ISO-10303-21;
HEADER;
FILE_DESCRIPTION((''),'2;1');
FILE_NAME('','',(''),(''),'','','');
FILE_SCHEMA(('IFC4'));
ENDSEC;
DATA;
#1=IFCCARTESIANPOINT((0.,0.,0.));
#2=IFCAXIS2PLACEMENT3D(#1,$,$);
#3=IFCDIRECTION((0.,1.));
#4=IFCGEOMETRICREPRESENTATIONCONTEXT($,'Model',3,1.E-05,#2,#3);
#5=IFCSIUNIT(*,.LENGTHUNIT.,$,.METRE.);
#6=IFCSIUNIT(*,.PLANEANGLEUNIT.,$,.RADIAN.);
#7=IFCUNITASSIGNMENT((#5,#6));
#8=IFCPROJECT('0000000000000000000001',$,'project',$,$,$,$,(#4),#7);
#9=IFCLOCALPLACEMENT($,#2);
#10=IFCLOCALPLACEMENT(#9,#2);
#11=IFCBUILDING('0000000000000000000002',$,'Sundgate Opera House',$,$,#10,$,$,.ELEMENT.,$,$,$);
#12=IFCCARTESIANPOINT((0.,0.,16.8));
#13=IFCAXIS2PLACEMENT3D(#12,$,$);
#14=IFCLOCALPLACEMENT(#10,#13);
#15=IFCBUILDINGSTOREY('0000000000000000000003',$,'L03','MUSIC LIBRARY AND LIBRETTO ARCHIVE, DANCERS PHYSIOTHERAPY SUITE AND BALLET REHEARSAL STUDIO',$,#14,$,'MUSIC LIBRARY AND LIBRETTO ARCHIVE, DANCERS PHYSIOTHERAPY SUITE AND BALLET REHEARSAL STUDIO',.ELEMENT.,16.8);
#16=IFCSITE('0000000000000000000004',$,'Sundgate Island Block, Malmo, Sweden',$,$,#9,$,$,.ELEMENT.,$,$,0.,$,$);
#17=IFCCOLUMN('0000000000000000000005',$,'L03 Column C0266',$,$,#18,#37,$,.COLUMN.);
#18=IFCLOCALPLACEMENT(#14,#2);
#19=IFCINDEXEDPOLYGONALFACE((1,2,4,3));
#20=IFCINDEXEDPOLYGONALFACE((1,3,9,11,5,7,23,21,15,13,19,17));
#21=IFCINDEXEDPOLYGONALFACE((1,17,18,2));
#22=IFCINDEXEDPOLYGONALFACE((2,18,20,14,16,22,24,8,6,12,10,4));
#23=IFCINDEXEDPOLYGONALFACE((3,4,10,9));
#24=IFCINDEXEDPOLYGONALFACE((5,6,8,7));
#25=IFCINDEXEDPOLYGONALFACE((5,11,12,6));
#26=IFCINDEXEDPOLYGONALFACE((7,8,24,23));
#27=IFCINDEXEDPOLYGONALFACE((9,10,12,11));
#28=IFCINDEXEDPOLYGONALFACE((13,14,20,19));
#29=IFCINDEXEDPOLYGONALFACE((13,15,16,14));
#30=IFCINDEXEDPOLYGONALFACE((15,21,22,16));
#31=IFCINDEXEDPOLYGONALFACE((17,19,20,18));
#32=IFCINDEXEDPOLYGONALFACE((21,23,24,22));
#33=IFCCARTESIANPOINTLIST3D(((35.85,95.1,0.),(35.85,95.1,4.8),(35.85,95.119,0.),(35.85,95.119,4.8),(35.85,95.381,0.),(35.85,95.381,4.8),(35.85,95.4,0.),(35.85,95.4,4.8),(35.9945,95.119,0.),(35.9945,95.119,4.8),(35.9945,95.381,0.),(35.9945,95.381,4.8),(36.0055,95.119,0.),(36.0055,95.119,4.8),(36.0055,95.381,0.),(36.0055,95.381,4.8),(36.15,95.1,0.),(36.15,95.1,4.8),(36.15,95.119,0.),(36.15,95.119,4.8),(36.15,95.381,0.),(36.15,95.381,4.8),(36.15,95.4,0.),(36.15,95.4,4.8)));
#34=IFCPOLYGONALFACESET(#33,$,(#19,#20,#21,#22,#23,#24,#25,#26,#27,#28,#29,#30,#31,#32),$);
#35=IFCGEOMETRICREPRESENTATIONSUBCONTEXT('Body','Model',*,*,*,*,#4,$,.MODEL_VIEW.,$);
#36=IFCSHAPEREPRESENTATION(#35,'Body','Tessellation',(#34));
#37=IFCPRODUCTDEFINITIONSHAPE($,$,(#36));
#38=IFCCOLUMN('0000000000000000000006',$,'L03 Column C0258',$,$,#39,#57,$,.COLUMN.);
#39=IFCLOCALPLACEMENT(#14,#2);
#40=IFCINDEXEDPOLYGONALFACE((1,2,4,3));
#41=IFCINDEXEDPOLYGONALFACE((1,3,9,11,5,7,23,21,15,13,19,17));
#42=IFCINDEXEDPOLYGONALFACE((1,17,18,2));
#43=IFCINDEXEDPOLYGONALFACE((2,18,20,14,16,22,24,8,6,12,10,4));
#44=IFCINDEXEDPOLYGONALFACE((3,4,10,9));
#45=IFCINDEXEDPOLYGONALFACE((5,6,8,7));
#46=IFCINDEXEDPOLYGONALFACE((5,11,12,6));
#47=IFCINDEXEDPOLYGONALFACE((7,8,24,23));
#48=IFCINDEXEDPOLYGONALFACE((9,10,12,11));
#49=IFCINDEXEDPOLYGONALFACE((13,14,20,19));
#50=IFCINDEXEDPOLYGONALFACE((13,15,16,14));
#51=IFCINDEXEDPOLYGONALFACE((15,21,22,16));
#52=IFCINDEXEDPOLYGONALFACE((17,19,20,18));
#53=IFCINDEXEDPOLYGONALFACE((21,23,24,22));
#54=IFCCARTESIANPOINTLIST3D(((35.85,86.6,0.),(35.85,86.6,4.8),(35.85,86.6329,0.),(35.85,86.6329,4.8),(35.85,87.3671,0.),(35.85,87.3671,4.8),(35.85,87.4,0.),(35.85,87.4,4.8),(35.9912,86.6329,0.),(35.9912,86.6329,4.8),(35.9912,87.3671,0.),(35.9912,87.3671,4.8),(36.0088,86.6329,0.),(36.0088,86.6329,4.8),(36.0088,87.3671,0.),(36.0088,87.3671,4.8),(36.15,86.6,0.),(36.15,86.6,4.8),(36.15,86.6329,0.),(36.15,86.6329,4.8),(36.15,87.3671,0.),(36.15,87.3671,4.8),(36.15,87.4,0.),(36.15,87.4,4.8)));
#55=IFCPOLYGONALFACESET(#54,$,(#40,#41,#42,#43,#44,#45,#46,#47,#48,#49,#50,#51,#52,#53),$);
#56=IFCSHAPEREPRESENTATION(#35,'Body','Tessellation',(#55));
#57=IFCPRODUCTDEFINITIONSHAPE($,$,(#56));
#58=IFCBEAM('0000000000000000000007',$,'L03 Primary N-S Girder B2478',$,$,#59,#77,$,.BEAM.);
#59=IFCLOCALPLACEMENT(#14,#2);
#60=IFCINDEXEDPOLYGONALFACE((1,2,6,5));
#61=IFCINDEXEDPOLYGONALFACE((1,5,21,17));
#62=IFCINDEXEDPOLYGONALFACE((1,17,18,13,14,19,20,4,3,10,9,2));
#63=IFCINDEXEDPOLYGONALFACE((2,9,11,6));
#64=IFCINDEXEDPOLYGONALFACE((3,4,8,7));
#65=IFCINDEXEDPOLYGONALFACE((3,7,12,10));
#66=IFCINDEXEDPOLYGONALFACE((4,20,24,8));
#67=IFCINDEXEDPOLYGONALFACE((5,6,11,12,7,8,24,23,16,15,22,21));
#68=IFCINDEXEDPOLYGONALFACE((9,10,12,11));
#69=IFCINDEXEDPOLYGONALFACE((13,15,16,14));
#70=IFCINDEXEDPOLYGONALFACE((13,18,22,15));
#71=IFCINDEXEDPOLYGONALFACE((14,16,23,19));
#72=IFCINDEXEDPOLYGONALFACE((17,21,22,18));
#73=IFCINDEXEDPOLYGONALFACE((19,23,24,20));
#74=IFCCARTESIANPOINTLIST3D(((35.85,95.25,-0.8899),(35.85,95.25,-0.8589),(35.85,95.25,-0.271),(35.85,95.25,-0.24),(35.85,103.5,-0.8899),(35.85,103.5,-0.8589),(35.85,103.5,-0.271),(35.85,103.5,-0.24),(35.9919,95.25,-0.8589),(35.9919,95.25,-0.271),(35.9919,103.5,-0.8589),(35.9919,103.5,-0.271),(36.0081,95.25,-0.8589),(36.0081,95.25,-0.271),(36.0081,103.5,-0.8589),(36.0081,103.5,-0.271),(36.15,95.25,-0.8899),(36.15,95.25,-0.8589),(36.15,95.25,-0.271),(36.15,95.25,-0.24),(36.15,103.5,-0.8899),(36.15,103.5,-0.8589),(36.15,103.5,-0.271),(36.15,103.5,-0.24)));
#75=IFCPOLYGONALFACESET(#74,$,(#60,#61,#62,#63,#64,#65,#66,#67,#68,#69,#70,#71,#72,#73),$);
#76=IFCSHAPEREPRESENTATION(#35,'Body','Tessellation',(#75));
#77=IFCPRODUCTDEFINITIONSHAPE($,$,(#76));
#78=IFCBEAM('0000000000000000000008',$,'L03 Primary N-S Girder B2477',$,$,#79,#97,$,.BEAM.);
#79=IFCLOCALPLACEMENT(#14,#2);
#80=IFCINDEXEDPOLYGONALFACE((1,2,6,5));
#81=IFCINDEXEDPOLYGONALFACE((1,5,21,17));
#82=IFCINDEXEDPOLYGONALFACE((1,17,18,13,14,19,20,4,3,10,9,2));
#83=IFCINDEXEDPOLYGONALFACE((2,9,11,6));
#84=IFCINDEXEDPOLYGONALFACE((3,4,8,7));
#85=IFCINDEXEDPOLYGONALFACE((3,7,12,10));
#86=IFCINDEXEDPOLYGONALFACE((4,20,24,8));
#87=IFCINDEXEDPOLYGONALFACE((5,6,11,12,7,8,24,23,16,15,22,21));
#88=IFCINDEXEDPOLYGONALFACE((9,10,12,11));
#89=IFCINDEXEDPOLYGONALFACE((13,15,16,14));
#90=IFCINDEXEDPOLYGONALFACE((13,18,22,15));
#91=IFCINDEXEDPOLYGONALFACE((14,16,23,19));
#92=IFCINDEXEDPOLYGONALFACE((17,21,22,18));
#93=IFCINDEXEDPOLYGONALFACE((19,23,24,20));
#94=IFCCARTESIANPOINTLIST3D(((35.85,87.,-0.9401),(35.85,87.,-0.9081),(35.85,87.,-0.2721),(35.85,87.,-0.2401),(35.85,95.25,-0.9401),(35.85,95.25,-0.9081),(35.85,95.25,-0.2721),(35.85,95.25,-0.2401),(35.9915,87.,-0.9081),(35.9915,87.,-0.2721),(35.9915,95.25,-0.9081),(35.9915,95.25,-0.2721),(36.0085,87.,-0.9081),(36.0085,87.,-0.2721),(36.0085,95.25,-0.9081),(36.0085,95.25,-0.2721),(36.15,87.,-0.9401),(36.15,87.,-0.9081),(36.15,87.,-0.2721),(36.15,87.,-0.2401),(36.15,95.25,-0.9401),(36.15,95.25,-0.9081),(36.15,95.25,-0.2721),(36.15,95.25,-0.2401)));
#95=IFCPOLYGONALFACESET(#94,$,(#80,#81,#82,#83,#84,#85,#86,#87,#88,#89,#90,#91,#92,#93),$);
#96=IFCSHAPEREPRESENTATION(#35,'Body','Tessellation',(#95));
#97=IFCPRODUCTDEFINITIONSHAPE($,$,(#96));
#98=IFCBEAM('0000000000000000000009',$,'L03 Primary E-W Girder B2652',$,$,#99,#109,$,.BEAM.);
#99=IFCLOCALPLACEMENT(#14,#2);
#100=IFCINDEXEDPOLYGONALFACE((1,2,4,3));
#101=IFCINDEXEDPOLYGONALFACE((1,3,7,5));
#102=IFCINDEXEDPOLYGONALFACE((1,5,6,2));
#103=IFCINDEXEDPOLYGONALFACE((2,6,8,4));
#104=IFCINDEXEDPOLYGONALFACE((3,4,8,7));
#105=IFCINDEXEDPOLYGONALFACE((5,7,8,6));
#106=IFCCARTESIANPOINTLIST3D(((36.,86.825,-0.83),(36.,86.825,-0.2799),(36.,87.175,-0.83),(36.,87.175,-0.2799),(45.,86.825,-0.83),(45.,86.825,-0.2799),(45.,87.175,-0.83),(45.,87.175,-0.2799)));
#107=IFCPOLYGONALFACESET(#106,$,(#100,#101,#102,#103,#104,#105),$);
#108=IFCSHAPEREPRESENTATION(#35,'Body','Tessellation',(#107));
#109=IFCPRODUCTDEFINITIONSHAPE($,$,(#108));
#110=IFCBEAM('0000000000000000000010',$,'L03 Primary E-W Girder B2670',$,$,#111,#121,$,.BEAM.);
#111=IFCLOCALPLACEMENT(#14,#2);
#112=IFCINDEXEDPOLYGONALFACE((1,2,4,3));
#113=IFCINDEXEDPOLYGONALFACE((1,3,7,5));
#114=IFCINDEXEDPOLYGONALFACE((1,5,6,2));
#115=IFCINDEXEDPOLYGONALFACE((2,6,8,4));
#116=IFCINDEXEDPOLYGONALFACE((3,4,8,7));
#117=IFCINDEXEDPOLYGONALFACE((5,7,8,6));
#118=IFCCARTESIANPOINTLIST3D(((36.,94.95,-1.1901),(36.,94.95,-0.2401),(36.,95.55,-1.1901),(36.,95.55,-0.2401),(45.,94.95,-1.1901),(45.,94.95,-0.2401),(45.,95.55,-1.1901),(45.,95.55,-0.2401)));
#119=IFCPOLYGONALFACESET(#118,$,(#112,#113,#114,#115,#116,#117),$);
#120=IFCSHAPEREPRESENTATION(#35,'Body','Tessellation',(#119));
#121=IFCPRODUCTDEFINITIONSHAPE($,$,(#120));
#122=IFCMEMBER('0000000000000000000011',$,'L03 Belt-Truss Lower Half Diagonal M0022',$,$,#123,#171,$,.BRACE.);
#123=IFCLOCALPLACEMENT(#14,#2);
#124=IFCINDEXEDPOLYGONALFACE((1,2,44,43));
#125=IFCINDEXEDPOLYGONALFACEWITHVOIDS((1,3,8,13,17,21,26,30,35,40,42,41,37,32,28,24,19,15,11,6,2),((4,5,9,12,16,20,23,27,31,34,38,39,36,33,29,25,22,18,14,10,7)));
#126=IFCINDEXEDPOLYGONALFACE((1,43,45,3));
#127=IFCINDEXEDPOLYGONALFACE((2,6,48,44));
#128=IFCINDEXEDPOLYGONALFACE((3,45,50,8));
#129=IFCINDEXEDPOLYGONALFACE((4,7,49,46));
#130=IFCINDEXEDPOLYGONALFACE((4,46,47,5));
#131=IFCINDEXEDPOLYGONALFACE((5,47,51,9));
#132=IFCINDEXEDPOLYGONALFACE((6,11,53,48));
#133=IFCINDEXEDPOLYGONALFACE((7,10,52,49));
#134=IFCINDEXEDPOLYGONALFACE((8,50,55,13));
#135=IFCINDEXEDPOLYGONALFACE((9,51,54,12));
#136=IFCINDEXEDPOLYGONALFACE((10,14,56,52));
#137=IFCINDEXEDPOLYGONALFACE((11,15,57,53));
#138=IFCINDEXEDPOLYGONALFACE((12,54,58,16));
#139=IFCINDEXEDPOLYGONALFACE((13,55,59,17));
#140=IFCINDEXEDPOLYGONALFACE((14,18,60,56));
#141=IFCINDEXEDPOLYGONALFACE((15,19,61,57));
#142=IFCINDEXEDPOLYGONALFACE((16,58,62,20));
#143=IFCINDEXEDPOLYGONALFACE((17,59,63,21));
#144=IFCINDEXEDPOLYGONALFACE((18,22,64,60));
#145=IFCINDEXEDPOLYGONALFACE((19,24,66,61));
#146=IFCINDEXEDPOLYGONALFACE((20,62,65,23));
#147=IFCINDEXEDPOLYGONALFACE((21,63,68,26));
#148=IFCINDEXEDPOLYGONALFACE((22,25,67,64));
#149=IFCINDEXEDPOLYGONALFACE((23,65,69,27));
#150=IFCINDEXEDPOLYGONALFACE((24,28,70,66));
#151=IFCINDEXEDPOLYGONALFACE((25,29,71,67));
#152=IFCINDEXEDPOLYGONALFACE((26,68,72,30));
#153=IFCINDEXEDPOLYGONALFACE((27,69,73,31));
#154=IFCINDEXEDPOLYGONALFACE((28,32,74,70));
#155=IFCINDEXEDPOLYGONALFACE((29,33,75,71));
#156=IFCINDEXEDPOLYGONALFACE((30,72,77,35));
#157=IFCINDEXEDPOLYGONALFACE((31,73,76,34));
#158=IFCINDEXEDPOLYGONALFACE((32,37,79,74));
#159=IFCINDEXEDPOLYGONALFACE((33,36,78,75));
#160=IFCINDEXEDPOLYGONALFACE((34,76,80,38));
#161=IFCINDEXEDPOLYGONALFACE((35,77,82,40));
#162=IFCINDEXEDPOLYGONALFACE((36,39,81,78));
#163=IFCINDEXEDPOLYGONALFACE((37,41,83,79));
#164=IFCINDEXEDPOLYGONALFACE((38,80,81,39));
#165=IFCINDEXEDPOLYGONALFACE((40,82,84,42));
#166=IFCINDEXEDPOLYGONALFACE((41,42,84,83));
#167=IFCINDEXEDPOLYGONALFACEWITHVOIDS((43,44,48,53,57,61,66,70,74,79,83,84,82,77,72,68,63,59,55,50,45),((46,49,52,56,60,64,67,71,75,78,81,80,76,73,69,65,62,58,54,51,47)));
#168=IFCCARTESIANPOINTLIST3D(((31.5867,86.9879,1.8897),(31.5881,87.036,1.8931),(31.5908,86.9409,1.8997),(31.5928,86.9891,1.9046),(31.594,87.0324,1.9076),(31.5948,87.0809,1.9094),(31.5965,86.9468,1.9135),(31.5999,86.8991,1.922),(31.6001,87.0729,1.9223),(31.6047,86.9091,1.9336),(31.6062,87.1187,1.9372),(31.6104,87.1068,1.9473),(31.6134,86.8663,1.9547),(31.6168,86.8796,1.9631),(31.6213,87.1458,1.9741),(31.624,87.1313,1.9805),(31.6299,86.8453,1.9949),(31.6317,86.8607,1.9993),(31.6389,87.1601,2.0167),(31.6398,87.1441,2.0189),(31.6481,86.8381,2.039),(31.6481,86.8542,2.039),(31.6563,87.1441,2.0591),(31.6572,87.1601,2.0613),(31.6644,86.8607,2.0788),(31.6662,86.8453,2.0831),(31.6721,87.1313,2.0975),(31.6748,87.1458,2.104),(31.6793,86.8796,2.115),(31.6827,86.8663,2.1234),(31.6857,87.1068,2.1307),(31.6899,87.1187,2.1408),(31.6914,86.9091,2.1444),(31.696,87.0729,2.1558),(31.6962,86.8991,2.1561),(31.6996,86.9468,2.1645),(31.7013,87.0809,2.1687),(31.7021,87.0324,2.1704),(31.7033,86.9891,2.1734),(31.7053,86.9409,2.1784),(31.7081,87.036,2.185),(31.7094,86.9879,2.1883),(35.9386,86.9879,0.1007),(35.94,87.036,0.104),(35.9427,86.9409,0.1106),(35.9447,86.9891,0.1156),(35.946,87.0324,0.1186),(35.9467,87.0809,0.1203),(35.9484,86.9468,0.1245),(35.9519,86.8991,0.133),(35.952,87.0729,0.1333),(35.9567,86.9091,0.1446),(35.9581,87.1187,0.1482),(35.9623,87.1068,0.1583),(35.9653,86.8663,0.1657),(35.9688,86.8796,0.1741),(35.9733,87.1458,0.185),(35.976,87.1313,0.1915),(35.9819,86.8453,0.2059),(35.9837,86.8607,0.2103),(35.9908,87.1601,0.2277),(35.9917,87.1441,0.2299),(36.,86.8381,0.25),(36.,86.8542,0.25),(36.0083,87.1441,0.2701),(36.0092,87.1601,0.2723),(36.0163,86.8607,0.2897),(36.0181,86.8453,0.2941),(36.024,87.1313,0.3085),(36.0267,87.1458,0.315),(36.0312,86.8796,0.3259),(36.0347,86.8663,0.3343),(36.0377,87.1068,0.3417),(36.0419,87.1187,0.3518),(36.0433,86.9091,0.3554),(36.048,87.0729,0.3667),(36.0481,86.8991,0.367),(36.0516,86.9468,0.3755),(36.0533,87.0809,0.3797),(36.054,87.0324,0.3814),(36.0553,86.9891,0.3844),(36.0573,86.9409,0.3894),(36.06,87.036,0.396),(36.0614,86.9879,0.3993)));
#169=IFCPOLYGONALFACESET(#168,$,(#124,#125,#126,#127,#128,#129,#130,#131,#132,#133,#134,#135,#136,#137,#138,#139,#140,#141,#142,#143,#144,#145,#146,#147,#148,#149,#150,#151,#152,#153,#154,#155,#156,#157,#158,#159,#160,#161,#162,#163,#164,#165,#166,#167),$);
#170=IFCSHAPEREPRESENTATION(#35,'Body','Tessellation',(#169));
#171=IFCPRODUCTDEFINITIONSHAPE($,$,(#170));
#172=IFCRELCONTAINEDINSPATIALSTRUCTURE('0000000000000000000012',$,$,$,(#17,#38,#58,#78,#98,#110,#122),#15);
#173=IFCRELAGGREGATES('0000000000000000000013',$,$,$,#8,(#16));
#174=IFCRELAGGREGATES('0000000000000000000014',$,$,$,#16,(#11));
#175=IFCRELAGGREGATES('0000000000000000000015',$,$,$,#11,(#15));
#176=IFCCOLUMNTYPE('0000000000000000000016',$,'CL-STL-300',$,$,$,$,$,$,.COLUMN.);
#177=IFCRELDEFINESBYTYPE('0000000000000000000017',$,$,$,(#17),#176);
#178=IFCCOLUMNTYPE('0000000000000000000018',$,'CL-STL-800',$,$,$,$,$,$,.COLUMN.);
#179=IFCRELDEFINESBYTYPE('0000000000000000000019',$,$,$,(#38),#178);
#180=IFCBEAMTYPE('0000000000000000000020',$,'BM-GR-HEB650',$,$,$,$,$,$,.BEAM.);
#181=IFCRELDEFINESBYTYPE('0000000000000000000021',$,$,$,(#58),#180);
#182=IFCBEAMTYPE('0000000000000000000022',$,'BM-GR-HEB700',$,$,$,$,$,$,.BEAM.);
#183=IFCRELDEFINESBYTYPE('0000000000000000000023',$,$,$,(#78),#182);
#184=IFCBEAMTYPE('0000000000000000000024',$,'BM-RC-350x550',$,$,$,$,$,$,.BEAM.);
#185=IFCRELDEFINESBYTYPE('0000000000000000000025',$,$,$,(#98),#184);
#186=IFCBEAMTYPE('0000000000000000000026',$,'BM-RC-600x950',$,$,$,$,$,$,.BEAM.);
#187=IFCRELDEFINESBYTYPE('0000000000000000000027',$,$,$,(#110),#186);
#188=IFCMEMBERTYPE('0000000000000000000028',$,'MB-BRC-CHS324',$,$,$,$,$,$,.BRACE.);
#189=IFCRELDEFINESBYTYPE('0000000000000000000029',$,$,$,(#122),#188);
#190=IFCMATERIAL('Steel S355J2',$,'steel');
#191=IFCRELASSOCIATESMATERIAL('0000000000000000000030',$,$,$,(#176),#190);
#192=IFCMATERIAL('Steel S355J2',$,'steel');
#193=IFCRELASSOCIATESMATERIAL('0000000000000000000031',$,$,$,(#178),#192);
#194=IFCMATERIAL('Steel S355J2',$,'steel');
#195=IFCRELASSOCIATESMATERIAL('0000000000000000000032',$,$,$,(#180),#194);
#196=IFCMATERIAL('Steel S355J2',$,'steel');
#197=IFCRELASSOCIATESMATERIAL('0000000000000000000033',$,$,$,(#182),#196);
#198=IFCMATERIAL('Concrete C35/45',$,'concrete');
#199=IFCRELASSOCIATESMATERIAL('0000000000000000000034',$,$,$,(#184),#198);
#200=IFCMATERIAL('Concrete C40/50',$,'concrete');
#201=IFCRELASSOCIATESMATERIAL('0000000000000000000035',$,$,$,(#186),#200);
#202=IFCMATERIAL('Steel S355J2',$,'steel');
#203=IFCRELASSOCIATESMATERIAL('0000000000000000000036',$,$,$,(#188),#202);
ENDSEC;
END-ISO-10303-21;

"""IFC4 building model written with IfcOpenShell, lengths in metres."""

from ifc_helpers import new_model, si_unit, direction, frame, origin, origin_2d, place, context, subcontext, project, spatial, rectangle, hollow_circle, i_section, extrude, material, material_profile, profile_set, type_object, element, save


model = new_model("IFC4")

# Units and contexts
model_context = context("Model", 3, precision=1e-05, world=origin(), true_north=direction((0.0, 1.0)))
body_context = subcontext(model_context, "Body", "Model", "MODEL_VIEW")
ifc_project = project(units=[si_unit("LENGTHUNIT", "METRE"), si_unit("PLANEANGLEUNIT", "RADIAN")], contexts=[model_context])

# Site, building, storey
site_placement = place(None, origin())
site = spatial("IfcSite", under=ifc_project, at=site_placement, Name="Sundgate Island Block, Malmo, Sweden", CompositionType="ELEMENT", RefElevation=0.0)
building_placement = place(site_placement, origin())
building = spatial("IfcBuilding", under=site, at=building_placement, Name="Sundgate Opera House", CompositionType="ELEMENT")
storey_placement = place(building_placement, frame((0.0, 0.0, 16.8)))
storey = spatial("IfcBuildingStorey", under=building, at=storey_placement, Name="L03", Description="MUSIC LIBRARY AND LIBRETTO ARCHIVE, DANCERS PHYSIOTHERAPY SUITE AND BALLET REHEARSAL STUDIO", LongName="MUSIC LIBRARY AND LIBRETTO ARCHIVE, DANCERS PHYSIOTHERAPY SUITE AND BALLET REHEARSAL STUDIO", CompositionType="ELEMENT", Elevation=16.8)

# Columns
ifc_material_1 = material(Name="Steel S355J2", Category="steel")
ifc_material_profile_1 = material_profile(ifc_material_1, i_section(OverallWidth=0.3, OverallDepth=0.3, WebThickness=0.011, FlangeThickness=0.019, at=origin_2d()), Name="HEB 300")
ifc_profile_set_1 = profile_set([ifc_material_profile_1], Name="Steel S355J2")
column_type_1 = type_object("IfcColumnType", Name="CL-STL-300", PredefinedType="COLUMN", material=ifc_profile_set_1)
column_1_placement = place(storey_placement, frame((36.0, 95.25, 0.0), z_axis=(0.0, 0.0, 1.0), x_axis=(1.0, 0.0, 0.0)))
element("IfcColumn", 1, at=column_1_placement, inside=storey, type_object=column_type_1, Name="L03 Column C0266", PredefinedType="COLUMN", context=body_context, shape_type="SweptSolid", body=[
    extrude(i_section(OverallWidth=0.3, OverallDepth=0.3, WebThickness=0.011, FlangeThickness=0.019, at=origin_2d()), origin(), (0.0, 0.0, 1.0), 4.8),
])
ifc_material_2 = material(Name="Steel S355J2", Category="steel")
ifc_material_profile_2 = material_profile(ifc_material_2, i_section(OverallWidth=0.3, OverallDepth=0.8, WebThickness=0.0176, FlangeThickness=0.033, at=origin_2d()), Name="HEB 800")
ifc_profile_set_2 = profile_set([ifc_material_profile_2], Name="Steel S355J2")
column_type_2 = type_object("IfcColumnType", Name="CL-STL-800", PredefinedType="COLUMN", material=ifc_profile_set_2)
column_2_placement = place(storey_placement, frame((36.0, 87.0, 0.0), z_axis=(0.0, 0.0, 1.0), x_axis=(1.0, 0.0, 0.0)))
element("IfcColumn", 2, at=column_2_placement, inside=storey, type_object=column_type_2, Name="L03 Column C0258", PredefinedType="COLUMN", context=body_context, shape_type="SweptSolid", body=[
    extrude(i_section(OverallWidth=0.3, OverallDepth=0.8, WebThickness=0.0176, FlangeThickness=0.033, at=origin_2d()), origin(), (0.0, 0.0, 1.0), 4.8),
])

# Beams
ifc_material_3 = material(Name="Steel S355J2", Category="steel")
ifc_material_profile_3 = material_profile(ifc_material_3, i_section(OverallWidth=0.3, OverallDepth=0.6499, WebThickness=0.0161, FlangeThickness=0.031, at=origin_2d()), Name="HEB 650")
ifc_profile_set_3 = profile_set([ifc_material_profile_3], Name="Steel S355J2")
beam_type_1 = type_object("IfcBeamType", Name="BM-GR-HEB650", PredefinedType="BEAM", material=ifc_profile_set_3)
beam_1_placement = place(storey_placement, frame((36.0, 95.25, -0.5649), z_axis=(0.0, 1.0, 0.0), x_axis=(-1.0, 0.0, 0.0)))
element("IfcBeam", 3, at=beam_1_placement, inside=storey, type_object=beam_type_1, Name="L03 Primary N-S Girder B2478", PredefinedType="BEAM", context=body_context, shape_type="SweptSolid", body=[
    extrude(i_section(OverallWidth=0.3, OverallDepth=0.6499, WebThickness=0.0161, FlangeThickness=0.031, at=origin_2d()), origin(), (0.0, 0.0, 1.0), 8.25),
])
ifc_material_4 = material(Name="Steel S355J2", Category="steel")
ifc_material_profile_4 = material_profile(ifc_material_4, i_section(OverallWidth=0.3, OverallDepth=0.7, WebThickness=0.0171, FlangeThickness=0.032, at=origin_2d()), Name="HEB 700")
ifc_profile_set_4 = profile_set([ifc_material_profile_4], Name="Steel S355J2")
beam_type_2 = type_object("IfcBeamType", Name="BM-GR-HEB700", PredefinedType="BEAM", material=ifc_profile_set_4)
beam_2_placement = place(storey_placement, frame((36.0, 87.0, -0.5901), z_axis=(0.0, 1.0, 0.0), x_axis=(-1.0, 0.0, 0.0)))
element("IfcBeam", 4, at=beam_2_placement, inside=storey, type_object=beam_type_2, Name="L03 Primary N-S Girder B2477", PredefinedType="BEAM", context=body_context, shape_type="SweptSolid", body=[
    extrude(i_section(OverallWidth=0.3, OverallDepth=0.7, WebThickness=0.0171, FlangeThickness=0.032, at=origin_2d()), origin(), (0.0, 0.0, 1.0), 8.25),
])
ifc_material_5 = material(Name="Concrete C35/45", Category="concrete")
ifc_material_profile_5 = material_profile(ifc_material_5, rectangle(XDim=0.3501, YDim=0.55, at=origin_2d()), Name="RC 350x550")
ifc_profile_set_5 = profile_set([ifc_material_profile_5], Name="Concrete C35/45")
beam_type_3 = type_object("IfcBeamType", Name="BM-RC-350x550", PredefinedType="BEAM", material=ifc_profile_set_5)
beam_3_placement = place(storey_placement, frame((36.0, 87.0, -0.5549), z_axis=(1.0, 0.0, 0.0), x_axis=(0.0, 1.0, 0.0)))
element("IfcBeam", 5, at=beam_3_placement, inside=storey, type_object=beam_type_3, Name="L03 Primary E-W Girder B2652", PredefinedType="BEAM", context=body_context, shape_type="SweptSolid", body=[
    extrude(rectangle(XDim=0.3501, YDim=0.55, at=origin_2d()), origin(), (0.0, 0.0, 1.0), 9.0),
])
ifc_material_6 = material(Name="Concrete C40/50", Category="concrete")
ifc_material_profile_6 = material_profile(ifc_material_6, rectangle(XDim=0.6001, YDim=0.95, at=origin_2d()), Name="RC 600x950")
ifc_profile_set_6 = profile_set([ifc_material_profile_6], Name="Concrete C40/50")
beam_type_4 = type_object("IfcBeamType", Name="BM-RC-600x950", PredefinedType="BEAM", material=ifc_profile_set_6)
beam_4_placement = place(storey_placement, frame((36.0, 95.25, -0.7151), z_axis=(1.0, 0.0, 0.0), x_axis=(0.0, 1.0, 0.0)))
element("IfcBeam", 6, at=beam_4_placement, inside=storey, type_object=beam_type_4, Name="L03 Primary E-W Girder B2670", PredefinedType="BEAM", context=body_context, shape_type="SweptSolid", body=[
    extrude(rectangle(XDim=0.6001, YDim=0.95, at=origin_2d()), origin(), (0.0, 0.0, 1.0), 9.0),
])

# Member
ifc_material_7 = material(Name="Steel S355J2", Category="steel")
ifc_material_profile_7 = material_profile(ifc_material_7, hollow_circle(Radius=0.1619, WallThickness=0.0161, at=origin_2d()), Name="CHS 323.9x16.0")
ifc_profile_set_7 = profile_set([ifc_material_profile_7], Name="Steel S355J2")
member_type_1 = type_object("IfcMemberType", Name="MB-BRC-CHS324", PredefinedType="BRACE", material=ifc_profile_set_7)
member_1_placement = place(storey_placement, frame((36.0, 87.0, 0.25), z_axis=(-0.924899, 0.0, 0.380212), x_axis=(0.0, -1.0, 0.0)))
element("IfcMember", 7, at=member_1_placement, inside=storey, type_object=member_type_1, Name="L03 Belt-Truss Lower Half Diagonal M0022", PredefinedType="BRACE", context=body_context, shape_type="SweptSolid", body=[
    extrude(hollow_circle(Radius=0.1619, WallThickness=0.0161, at=origin_2d()), origin(), (0.0, 0.0, 1.0), 4.7053),
])

save(model, "model.ifc")
